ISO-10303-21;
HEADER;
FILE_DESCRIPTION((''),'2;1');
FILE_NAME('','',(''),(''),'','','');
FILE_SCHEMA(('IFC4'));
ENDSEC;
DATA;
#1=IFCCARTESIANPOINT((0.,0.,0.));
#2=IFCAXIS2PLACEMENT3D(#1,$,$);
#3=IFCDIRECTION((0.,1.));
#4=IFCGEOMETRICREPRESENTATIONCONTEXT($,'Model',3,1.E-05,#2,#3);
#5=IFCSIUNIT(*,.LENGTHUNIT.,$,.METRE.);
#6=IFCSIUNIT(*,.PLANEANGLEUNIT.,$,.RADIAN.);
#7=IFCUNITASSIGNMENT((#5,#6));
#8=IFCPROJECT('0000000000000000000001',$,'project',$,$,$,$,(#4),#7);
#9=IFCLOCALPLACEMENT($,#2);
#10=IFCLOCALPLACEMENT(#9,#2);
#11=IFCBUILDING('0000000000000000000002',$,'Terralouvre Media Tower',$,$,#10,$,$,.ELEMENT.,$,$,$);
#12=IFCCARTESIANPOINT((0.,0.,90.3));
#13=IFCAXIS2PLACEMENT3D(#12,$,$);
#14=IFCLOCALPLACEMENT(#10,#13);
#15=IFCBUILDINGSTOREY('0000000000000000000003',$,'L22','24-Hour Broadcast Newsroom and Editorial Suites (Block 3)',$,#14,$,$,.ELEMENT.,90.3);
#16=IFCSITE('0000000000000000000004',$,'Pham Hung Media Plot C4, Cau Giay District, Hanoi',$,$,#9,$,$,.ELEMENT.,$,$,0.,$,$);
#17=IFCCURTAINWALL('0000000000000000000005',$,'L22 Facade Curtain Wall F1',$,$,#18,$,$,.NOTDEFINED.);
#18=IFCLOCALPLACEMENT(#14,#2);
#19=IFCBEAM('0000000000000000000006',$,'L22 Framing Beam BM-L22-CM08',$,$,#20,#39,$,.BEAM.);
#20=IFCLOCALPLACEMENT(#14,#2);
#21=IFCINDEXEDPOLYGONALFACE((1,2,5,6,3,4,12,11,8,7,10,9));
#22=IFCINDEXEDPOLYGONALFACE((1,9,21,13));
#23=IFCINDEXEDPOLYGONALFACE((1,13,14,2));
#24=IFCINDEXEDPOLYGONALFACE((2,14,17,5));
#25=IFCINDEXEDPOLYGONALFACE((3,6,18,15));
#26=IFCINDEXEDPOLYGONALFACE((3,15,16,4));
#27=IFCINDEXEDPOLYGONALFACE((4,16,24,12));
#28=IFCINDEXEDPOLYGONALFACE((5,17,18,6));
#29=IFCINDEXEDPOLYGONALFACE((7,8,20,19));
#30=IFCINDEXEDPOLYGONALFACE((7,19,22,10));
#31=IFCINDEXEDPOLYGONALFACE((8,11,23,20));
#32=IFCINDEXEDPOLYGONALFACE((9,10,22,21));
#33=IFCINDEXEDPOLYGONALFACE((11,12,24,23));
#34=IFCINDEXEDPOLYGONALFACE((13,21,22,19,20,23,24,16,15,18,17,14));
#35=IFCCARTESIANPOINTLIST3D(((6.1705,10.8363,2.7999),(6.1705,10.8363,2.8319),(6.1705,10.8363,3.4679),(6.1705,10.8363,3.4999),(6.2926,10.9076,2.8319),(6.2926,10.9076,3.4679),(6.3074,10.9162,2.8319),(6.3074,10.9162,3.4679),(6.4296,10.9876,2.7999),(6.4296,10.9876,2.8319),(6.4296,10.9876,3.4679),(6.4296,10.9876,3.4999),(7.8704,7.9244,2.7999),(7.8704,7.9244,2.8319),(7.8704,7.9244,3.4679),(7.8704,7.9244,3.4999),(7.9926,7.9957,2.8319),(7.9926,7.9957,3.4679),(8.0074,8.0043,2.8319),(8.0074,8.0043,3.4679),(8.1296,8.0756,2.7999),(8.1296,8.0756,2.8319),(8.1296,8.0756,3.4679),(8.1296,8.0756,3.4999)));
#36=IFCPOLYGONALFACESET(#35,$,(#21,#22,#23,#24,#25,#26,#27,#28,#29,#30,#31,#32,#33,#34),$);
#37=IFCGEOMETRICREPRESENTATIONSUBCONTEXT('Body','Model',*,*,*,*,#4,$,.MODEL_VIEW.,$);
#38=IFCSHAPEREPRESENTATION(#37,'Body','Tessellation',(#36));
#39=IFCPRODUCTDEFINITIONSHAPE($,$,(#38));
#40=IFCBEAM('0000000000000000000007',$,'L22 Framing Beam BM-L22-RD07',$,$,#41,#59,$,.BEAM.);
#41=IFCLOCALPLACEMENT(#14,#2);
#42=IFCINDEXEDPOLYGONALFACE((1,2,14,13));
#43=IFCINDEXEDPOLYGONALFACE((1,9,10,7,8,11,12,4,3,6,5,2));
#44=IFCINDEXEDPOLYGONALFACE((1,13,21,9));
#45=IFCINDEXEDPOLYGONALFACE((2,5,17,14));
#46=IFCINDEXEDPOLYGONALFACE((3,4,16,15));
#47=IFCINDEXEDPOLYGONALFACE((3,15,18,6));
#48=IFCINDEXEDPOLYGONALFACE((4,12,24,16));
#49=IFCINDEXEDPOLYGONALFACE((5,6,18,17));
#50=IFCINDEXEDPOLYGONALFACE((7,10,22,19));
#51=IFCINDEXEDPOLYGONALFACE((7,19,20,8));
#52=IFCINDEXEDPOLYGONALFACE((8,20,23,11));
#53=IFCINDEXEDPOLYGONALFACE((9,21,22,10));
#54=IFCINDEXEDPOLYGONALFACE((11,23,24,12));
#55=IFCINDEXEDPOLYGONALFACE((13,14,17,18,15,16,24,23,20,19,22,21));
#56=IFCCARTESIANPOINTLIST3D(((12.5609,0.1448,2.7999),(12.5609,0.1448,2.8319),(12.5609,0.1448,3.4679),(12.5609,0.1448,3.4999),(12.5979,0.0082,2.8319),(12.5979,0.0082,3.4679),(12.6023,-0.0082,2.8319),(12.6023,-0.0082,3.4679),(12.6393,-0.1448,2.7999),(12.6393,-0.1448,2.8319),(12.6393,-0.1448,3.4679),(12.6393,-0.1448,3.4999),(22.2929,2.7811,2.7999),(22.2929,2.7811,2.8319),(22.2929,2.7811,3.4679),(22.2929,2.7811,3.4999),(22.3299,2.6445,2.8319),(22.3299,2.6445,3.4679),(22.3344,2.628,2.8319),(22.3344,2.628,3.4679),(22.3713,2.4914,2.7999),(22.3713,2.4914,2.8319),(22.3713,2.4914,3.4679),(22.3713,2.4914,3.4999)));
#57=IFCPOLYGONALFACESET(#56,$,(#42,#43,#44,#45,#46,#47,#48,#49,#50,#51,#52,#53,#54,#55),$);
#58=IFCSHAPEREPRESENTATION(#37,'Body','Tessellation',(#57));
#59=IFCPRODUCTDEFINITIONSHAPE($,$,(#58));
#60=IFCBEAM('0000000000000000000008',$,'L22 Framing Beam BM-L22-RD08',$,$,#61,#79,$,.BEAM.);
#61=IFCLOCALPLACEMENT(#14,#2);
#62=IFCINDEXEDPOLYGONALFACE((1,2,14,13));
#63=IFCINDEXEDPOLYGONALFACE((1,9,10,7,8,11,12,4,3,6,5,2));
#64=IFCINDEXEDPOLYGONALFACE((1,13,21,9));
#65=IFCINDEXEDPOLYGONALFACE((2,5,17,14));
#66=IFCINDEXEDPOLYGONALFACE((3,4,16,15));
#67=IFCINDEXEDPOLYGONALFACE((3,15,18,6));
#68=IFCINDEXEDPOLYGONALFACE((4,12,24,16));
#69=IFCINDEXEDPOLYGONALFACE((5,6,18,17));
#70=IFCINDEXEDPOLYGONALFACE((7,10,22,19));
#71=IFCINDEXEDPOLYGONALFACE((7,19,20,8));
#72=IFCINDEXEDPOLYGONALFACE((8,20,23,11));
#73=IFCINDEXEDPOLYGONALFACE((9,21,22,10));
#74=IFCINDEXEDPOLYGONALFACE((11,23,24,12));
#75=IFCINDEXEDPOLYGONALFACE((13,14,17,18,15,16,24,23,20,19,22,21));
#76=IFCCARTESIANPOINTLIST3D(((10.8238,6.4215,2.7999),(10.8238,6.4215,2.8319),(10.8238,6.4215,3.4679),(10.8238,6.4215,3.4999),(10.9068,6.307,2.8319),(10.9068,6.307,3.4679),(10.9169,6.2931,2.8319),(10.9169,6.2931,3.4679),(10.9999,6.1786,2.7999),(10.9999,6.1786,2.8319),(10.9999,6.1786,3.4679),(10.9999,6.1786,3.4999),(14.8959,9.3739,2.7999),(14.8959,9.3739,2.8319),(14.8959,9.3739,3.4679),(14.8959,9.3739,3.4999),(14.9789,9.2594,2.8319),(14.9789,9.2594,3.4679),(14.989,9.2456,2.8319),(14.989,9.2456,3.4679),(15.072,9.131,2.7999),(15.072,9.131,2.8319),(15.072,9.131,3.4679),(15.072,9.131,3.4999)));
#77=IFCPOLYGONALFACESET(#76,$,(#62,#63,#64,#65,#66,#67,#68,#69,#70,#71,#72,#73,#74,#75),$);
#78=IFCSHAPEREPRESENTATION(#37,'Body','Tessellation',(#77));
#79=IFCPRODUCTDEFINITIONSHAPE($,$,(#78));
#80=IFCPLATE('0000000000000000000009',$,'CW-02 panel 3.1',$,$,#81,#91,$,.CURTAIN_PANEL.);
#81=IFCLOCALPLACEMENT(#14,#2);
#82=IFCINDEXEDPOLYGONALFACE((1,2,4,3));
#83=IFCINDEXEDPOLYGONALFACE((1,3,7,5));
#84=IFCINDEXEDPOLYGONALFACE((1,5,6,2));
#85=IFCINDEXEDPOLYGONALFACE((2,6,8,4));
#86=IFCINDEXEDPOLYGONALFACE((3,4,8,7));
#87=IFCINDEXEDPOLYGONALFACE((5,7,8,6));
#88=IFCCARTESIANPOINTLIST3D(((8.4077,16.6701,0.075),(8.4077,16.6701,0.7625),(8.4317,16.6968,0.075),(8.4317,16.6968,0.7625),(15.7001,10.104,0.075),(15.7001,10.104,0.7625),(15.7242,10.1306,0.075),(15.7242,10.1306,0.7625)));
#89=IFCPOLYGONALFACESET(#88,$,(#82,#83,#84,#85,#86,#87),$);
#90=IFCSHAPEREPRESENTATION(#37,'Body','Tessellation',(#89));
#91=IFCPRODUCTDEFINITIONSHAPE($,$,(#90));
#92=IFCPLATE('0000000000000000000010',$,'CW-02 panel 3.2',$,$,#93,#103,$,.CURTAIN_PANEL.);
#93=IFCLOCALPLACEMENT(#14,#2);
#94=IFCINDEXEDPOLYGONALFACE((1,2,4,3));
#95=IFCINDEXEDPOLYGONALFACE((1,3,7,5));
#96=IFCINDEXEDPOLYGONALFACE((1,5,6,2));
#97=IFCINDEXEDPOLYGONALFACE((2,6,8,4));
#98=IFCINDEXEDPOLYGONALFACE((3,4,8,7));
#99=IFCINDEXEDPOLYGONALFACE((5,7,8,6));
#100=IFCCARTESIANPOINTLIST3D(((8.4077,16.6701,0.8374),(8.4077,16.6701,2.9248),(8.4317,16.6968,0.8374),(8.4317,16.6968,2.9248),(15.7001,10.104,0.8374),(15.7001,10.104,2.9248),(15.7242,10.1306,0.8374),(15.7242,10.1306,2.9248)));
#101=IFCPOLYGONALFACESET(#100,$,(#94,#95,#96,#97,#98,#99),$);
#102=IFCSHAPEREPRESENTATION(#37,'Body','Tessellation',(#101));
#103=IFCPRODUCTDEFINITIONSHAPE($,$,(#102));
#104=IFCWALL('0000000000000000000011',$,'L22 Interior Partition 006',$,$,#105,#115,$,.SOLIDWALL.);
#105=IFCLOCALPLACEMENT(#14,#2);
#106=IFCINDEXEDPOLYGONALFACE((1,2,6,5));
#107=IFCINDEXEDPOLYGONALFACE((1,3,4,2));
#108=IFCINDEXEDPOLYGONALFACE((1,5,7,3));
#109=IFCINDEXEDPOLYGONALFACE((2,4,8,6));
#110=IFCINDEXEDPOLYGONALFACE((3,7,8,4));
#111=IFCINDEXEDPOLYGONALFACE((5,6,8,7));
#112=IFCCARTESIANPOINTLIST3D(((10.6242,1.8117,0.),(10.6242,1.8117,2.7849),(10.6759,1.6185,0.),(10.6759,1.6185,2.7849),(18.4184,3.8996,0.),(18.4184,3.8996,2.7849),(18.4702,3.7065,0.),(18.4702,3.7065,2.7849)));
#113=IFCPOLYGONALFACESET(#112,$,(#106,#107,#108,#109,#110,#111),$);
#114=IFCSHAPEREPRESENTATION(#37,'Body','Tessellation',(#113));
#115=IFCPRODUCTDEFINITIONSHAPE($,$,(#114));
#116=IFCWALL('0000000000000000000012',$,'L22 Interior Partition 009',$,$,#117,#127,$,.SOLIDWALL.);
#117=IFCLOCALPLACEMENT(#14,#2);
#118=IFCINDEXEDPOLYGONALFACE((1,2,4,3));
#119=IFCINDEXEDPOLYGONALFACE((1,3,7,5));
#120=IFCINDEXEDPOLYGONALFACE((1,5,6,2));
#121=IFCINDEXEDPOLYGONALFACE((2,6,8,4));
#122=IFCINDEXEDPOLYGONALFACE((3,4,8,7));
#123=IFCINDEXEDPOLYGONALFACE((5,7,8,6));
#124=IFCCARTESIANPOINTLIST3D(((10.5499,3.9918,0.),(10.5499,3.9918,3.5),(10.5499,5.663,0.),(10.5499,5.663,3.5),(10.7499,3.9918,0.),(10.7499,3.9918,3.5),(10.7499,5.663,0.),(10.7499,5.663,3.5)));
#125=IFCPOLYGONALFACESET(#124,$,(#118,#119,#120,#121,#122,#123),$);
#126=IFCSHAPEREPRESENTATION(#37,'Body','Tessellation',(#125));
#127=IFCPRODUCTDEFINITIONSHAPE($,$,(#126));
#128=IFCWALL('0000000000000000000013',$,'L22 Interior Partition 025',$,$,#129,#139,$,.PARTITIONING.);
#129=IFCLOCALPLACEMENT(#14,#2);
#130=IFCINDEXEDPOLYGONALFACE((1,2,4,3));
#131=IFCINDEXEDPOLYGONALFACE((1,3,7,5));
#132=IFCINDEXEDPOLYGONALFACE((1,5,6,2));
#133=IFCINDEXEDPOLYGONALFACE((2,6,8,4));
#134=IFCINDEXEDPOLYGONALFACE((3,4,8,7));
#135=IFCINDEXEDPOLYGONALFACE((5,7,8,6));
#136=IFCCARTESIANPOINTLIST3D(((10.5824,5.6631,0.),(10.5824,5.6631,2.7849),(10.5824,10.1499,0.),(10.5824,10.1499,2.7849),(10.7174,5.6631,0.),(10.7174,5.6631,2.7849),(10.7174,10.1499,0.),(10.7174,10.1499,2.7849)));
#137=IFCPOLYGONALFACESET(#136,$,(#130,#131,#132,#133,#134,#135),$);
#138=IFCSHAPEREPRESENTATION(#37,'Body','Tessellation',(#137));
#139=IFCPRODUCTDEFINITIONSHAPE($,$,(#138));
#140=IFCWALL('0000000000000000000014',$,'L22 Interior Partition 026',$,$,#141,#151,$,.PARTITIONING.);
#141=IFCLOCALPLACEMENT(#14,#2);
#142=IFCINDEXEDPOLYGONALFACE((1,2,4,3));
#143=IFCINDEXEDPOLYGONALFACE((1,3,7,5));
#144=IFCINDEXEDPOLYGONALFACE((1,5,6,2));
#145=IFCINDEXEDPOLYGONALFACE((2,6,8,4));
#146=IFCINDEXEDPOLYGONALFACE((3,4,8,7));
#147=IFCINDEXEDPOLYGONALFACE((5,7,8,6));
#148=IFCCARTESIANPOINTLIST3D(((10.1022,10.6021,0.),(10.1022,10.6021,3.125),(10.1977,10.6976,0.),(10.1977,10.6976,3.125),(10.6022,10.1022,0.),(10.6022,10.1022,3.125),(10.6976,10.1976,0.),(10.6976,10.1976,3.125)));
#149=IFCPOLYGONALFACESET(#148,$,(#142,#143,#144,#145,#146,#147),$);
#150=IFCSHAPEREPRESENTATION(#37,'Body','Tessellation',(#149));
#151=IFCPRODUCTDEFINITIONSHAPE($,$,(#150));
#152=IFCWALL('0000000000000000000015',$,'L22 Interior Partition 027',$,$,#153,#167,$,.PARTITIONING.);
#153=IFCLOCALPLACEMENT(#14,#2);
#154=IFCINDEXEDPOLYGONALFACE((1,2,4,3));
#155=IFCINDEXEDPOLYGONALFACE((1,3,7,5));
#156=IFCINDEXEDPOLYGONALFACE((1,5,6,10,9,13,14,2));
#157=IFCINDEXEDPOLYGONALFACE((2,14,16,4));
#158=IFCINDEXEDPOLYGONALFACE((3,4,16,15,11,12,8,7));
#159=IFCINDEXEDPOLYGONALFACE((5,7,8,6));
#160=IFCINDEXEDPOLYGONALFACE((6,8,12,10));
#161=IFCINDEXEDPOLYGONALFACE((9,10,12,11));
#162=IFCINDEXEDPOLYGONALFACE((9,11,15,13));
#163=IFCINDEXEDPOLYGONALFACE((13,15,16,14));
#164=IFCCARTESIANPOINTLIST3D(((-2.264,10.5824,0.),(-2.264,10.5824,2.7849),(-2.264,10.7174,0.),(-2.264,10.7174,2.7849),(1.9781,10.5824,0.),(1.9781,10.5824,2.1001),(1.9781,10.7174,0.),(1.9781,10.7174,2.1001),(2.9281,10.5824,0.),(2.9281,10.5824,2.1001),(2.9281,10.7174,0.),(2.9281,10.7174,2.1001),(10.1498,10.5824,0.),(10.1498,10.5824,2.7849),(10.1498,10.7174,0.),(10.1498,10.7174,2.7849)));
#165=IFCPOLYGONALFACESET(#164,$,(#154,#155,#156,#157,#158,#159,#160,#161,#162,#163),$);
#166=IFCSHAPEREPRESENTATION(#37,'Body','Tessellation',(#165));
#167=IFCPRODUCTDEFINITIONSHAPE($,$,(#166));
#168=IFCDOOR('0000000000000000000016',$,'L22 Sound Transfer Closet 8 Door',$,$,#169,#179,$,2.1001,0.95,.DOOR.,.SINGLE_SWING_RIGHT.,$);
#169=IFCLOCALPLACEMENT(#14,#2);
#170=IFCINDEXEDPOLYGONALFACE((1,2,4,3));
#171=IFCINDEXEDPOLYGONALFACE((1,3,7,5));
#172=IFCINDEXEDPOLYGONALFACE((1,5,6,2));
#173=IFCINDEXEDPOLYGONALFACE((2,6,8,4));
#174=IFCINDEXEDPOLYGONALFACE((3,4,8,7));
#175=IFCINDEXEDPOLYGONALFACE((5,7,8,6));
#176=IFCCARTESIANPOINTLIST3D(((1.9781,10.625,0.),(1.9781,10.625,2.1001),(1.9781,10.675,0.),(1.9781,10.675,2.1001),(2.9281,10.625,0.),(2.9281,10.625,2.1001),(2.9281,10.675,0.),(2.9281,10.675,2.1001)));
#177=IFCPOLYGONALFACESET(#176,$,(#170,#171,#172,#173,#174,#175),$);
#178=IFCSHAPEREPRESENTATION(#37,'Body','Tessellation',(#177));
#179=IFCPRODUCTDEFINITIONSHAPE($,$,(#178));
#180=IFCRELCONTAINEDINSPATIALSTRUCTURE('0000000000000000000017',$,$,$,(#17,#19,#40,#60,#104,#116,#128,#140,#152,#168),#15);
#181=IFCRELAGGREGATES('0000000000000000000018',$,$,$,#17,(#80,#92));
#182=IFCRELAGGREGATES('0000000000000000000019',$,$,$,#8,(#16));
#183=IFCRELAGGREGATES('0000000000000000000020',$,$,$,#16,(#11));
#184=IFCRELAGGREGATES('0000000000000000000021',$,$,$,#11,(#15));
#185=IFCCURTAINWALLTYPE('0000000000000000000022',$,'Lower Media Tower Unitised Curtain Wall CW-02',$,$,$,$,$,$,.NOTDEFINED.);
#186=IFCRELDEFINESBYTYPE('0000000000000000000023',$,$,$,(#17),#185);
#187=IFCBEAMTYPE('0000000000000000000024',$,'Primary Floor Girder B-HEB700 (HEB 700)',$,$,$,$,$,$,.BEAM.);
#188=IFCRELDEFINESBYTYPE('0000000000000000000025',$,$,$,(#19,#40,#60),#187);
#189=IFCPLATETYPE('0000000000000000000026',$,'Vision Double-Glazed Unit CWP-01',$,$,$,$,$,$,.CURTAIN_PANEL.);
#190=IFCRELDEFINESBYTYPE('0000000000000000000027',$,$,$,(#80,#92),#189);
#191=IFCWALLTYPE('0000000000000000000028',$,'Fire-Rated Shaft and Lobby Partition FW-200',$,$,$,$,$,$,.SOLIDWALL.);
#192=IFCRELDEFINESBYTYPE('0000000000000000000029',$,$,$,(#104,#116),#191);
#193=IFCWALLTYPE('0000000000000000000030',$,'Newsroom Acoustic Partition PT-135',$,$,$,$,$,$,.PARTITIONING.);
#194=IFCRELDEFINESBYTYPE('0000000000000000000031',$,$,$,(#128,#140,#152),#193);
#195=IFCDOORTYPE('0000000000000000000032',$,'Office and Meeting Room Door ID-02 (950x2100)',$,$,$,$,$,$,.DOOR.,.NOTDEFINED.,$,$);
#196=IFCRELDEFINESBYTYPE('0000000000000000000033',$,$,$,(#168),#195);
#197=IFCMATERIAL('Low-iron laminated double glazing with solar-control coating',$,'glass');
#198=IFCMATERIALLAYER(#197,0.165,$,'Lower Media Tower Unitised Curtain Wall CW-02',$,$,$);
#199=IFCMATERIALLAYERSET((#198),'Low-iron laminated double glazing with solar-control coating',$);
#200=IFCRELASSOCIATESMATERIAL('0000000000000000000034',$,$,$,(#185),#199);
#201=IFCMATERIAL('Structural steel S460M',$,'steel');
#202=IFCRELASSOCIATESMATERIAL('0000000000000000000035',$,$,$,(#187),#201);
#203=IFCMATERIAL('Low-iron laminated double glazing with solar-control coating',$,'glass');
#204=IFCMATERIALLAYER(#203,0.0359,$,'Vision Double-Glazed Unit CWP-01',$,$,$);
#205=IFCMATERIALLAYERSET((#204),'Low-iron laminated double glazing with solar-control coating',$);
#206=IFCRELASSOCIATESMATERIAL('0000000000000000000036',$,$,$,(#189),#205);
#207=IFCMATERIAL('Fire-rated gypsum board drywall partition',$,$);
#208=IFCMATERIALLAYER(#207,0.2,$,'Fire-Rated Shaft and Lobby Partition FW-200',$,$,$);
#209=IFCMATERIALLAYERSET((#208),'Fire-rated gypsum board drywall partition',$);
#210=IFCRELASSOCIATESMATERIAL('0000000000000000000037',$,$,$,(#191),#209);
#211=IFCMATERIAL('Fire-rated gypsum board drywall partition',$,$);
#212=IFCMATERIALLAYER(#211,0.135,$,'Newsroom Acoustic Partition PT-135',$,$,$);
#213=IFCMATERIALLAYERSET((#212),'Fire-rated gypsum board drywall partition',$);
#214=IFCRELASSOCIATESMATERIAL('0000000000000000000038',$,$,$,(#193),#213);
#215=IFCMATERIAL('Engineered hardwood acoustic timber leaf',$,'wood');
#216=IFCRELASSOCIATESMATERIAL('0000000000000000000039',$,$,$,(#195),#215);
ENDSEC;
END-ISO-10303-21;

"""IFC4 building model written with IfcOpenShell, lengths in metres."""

from ifc_helpers import new_model, si_unit, direction, frame, frame_2d, origin, origin_2d, place, context, subcontext, project, spatial, rectangle, i_section, extrude, material, layer, layer_set, material_profile, profile_set, type_object, element, fill, aggregate, save


model = new_model("IFC4")

# Units and contexts
model_context = context("Model", 3, precision=1e-05, world=origin(), true_north=direction((0.0, 1.0)))
body_context = subcontext(model_context, "Body", "Model", "MODEL_VIEW")
ifc_project = project(units=[si_unit("LENGTHUNIT", "METRE"), si_unit("PLANEANGLEUNIT", "RADIAN")], contexts=[model_context])

# Site, building, storey
site_placement = place(None, origin())
site = spatial("IfcSite", under=ifc_project, at=site_placement, Name="Pham Hung Media Plot C4, Cau Giay District, Hanoi", CompositionType="ELEMENT", RefElevation=0.0)
building_placement = place(site_placement, origin())
building = spatial("IfcBuilding", under=site, at=building_placement, Name="Terralouvre Media Tower", CompositionType="ELEMENT")
storey_placement = place(building_placement, frame((0.0, 0.0, 90.3)))
storey = spatial("IfcBuildingStorey", under=building, at=storey_placement, Name="L22", Description="24-Hour Broadcast Newsroom and Editorial Suites (Block 3)", CompositionType="ELEMENT", Elevation=90.3)

# Curtain wall
ifc_material_1 = material(Name="Low-iron laminated double glazing with solar-control coating", Category="glass")
ifc_layer_1 = layer(ifc_material_1, 0.165, Name="Lower Media Tower Unitised Curtain Wall CW-02")
ifc_layer_set_1 = layer_set([ifc_layer_1], Name="Low-iron laminated double glazing with solar-control coating")
curtain_wall_type = type_object("IfcCurtainWallType", Name="Lower Media Tower Unitised Curtain Wall CW-02", PredefinedType="NOTDEFINED", material=ifc_layer_set_1)
curtain_wall_placement = place(storey_placement, origin())
curtain_wall = element("IfcCurtainWall", 1, at=curtain_wall_placement, inside=storey, type_object=curtain_wall_type, Name="L22 Facade Curtain Wall F1", PredefinedType="NOTDEFINED")

# Beams
ifc_material_2 = material(Name="Structural steel S460M", Category="steel")
ifc_material_profile_1 = material_profile(ifc_material_2, i_section(OverallWidth=0.3, OverallDepth=0.7, WebThickness=0.0171, FlangeThickness=0.032, at=origin_2d()), Name="HEB 700")
ifc_profile_set_1 = profile_set([ifc_material_profile_1], Name="Structural steel S460M")
beam_type_1 = type_object("IfcBeamType", Name="Primary Floor Girder B-HEB700 (HEB 700)", PredefinedType="BEAM", material=ifc_profile_set_1)
for number, where, z_axis, x_axis, name in (
    (2, (8.0, 8.0, 3.1499), (-0.504173, 0.863603, 0.0), (-0.863603, -0.504173, 0.0), "L22 Framing Beam BM-L22-CM08"),
):
    element("IfcBeam", number, at=place(storey_placement, frame(where, z_axis=z_axis, x_axis=x_axis)), inside=storey, type_object=beam_type_1, Name=name, PredefinedType="BEAM", context=body_context, shape_type="SweptSolid", body=[
        extrude(i_section(OverallWidth=0.3, OverallDepth=0.7, WebThickness=0.0171, FlangeThickness=0.032, at=origin_2d()), origin(), (0.0, 0.0, 1.0), 3.3718),
    ])
beam_1_placement = place(storey_placement, frame((12.6001, 0.0, 3.1499), z_axis=(0.965214, 0.261462, 0.0), x_axis=(-0.261462, 0.965214, 0.0)))
element("IfcBeam", 3, at=beam_1_placement, inside=storey, type_object=beam_type_1, Name="L22 Framing Beam BM-L22-RD07", PredefinedType="BEAM", context=body_context, shape_type="SweptSolid", body=[
    extrude(i_section(OverallWidth=0.3, OverallDepth=0.7, WebThickness=0.0171, FlangeThickness=0.032, at=origin_2d()), origin(), (0.0, 0.0, 1.0), 10.0828),
])
beam_2_placement = place(storey_placement, frame((10.9119, 6.3, 3.1499), z_axis=(0.809594, 0.586991, 0.0), x_axis=(-0.586991, 0.809594, 0.0)))
element("IfcBeam", 4, at=beam_2_placement, inside=storey, type_object=beam_type_1, Name="L22 Framing Beam BM-L22-RD08", PredefinedType="BEAM", context=body_context, shape_type="SweptSolid", body=[
    extrude(i_section(OverallWidth=0.3, OverallDepth=0.7, WebThickness=0.0171, FlangeThickness=0.032, at=origin_2d()), origin(), (0.0, 0.0, 1.0), 5.0298),
])

# Plates
ifc_material_3 = material(Name="Low-iron laminated double glazing with solar-control coating", Category="glass")
ifc_layer_2 = layer(ifc_material_3, 0.0359, Name="Vision Double-Glazed Unit CWP-01")
ifc_layer_set_2 = layer_set([ifc_layer_2], Name="Low-iron laminated double glazing with solar-control coating")
plate_type = type_object("IfcPlateType", Name="Vision Double-Glazed Unit CWP-01", PredefinedType="CURTAIN_PANEL", material=ifc_layer_set_2)
plate_1_placement = place(storey_placement, frame((12.0659, 13.4004, 0.075), z_axis=(0.0, 0.0, 1.0), x_axis=(-0.743145, 0.669131, 0.0)))
plate_1 = element("IfcPlate", 5, at=plate_1_placement, type_object=plate_type, Name="CW-02 panel 3.1", PredefinedType="CURTAIN_PANEL", context=body_context, shape_type="SweptSolid", body=[
    extrude(rectangle(XDim=9.813, YDim=0.0359, at=origin_2d()), origin(), (0.0, 0.0, 1.0), 0.6875),
])
plate_2_placement = place(storey_placement, frame((12.0659, 13.4004, 0.8374), z_axis=(0.0, 0.0, 1.0), x_axis=(-0.743145, 0.669131, 0.0)))
plate_2 = element("IfcPlate", 6, at=plate_2_placement, type_object=plate_type, Name="CW-02 panel 3.2", PredefinedType="CURTAIN_PANEL", context=body_context, shape_type="SweptSolid", body=[
    extrude(rectangle(XDim=9.813, YDim=0.0359, at=origin_2d()), origin(), (0.0, 0.0, 1.0), 2.0874),
])
aggregate(curtain_wall, [plate_1, plate_2])

# Walls
ifc_material_4 = material(Name="Fire-rated gypsum board drywall partition")
ifc_layer_3 = layer(ifc_material_4, 0.2, Name="Fire-Rated Shaft and Lobby Partition FW-200")
ifc_layer_set_3 = layer_set([ifc_layer_3], Name="Fire-rated gypsum board drywall partition")
wall_type_1 = type_object("IfcWallType", Name="Fire-Rated Shaft and Lobby Partition FW-200", PredefinedType="SOLIDWALL", material=ifc_layer_set_3)
wall_1_placement = place(storey_placement, frame((10.6499, 1.7151, 0.0), z_axis=(0.0, 0.0, 1.0), x_axis=(0.965943, 0.258755, 0.0)))
element("IfcWall", 7, at=wall_1_placement, inside=storey, type_object=wall_type_1, Name="L22 Interior Partition 006", PredefinedType="SOLIDWALL", context=body_context, shape_type="SweptSolid", body=[
    extrude(rectangle(XDim=8.0691, YDim=0.2, at=frame_2d((4.0347, 0.0))), origin(), (0.0, 0.0, 1.0), 2.7849),
])
wall_2_placement = place(storey_placement, frame((10.6499, 3.9919, 0.0), z_axis=(0.0, 0.0, 1.0), x_axis=(0.0, 1.0, 0.0)))
element("IfcWall", 8, at=wall_2_placement, inside=storey, type_object=wall_type_1, Name="L22 Interior Partition 009", PredefinedType="SOLIDWALL", context=body_context, shape_type="SweptSolid", body=[
    extrude(rectangle(XDim=1.6711, YDim=0.2, at=frame_2d((0.8354, 0.0))), origin(), (0.0, 0.0, 1.0), 3.5),
])
ifc_material_5 = material(Name="Fire-rated gypsum board drywall partition")
ifc_layer_4 = layer(ifc_material_5, 0.135, Name="Newsroom Acoustic Partition PT-135")
ifc_layer_set_4 = layer_set([ifc_layer_4], Name="Fire-rated gypsum board drywall partition")
wall_type_2 = type_object("IfcWallType", Name="Newsroom Acoustic Partition PT-135", PredefinedType="PARTITIONING", material=ifc_layer_set_4)
wall_3_placement = place(storey_placement, frame((10.6499, 5.6631, 0.0), z_axis=(0.0, 0.0, 1.0), x_axis=(0.0, 1.0, 0.0)))
element("IfcWall", 9, at=wall_3_placement, inside=storey, type_object=wall_type_2, Name="L22 Interior Partition 025", PredefinedType="PARTITIONING", context=body_context, shape_type="SweptSolid", body=[
    extrude(rectangle(XDim=4.4868, YDim=0.135, at=frame_2d((2.2434, 0.0))), origin(), (0.0, 0.0, 1.0), 2.7849),
])
wall_4_placement = place(storey_placement, frame((10.6499, 10.1499, 0.0), z_axis=(0.0, 0.0, 1.0), x_axis=(-0.707107, 0.707107, 0.0)))
element("IfcWall", 10, at=wall_4_placement, inside=storey, type_object=wall_type_2, Name="L22 Interior Partition 026", PredefinedType="PARTITIONING", context=body_context, shape_type="SweptSolid", body=[
    extrude(rectangle(XDim=0.707, YDim=0.135, at=frame_2d((0.3535, 0.0))), origin(), (0.0, 0.0, 1.0), 3.125),
])

# Wall, opening, door
wall_5_placement = place(storey_placement, frame((10.1499, 10.6499, 0.0), z_axis=(0.0, 0.0, 1.0), x_axis=(-1.0, 0.0, 0.0)))
wall_5 = element("IfcWall", 11, at=wall_5_placement, inside=storey, type_object=wall_type_2, Name="L22 Interior Partition 027", PredefinedType="PARTITIONING", context=body_context, shape_type="SweptSolid", body=[
    extrude(rectangle(XDim=12.4138, YDim=0.135, at=frame_2d((6.207, 0.0))), origin(), (0.0, 0.0, 1.0), 2.7849),
])
opening_placement = place(wall_5_placement, frame((7.2217, 0.0, 0.0)))
opening = element("IfcOpeningElement", 12, at=opening_placement, cuts=wall_5, PredefinedType="OPENING", context=body_context, shape_type="SweptSolid", body=[
    extrude(rectangle(XDim=0.95, YDim=2.1001, at=frame_2d((0.4751, 1.05))), frame((0.0, 0.0774, 0.0), z_axis=(0.0, -1.0, 0.0), x_axis=(1.0, 0.0, 0.0)), (0.0, 0.0, 1.0), 0.155),
])
ifc_material_6 = material(Name="Engineered hardwood acoustic timber leaf", Category="wood")
door_type = type_object("IfcDoorType", Name="Office and Meeting Room Door ID-02 (950x2100)", OperationType="NOTDEFINED", PredefinedType="DOOR", material=ifc_material_6)
door_placement = place(opening_placement, origin())
door = element("IfcDoor", 13, at=door_placement, inside=storey, type_object=door_type, Name="L22 Sound Transfer Closet 8 Door", OperationType="SINGLE_SWING_RIGHT", OverallHeight=2.1001, OverallWidth=0.95, PredefinedType="DOOR", context=body_context, shape_type="SweptSolid", body=[
    extrude(rectangle(XDim=0.95, YDim=2.1001, at=frame_2d((0.4751, 1.05))), frame((0.0, 0.0249, 0.0), z_axis=(0.0, -1.0, 0.0), x_axis=(1.0, 0.0, 0.0)), (0.0, 0.0, 1.0), 0.05),
])
fill(opening, door)

save(model, "model.ifc")
